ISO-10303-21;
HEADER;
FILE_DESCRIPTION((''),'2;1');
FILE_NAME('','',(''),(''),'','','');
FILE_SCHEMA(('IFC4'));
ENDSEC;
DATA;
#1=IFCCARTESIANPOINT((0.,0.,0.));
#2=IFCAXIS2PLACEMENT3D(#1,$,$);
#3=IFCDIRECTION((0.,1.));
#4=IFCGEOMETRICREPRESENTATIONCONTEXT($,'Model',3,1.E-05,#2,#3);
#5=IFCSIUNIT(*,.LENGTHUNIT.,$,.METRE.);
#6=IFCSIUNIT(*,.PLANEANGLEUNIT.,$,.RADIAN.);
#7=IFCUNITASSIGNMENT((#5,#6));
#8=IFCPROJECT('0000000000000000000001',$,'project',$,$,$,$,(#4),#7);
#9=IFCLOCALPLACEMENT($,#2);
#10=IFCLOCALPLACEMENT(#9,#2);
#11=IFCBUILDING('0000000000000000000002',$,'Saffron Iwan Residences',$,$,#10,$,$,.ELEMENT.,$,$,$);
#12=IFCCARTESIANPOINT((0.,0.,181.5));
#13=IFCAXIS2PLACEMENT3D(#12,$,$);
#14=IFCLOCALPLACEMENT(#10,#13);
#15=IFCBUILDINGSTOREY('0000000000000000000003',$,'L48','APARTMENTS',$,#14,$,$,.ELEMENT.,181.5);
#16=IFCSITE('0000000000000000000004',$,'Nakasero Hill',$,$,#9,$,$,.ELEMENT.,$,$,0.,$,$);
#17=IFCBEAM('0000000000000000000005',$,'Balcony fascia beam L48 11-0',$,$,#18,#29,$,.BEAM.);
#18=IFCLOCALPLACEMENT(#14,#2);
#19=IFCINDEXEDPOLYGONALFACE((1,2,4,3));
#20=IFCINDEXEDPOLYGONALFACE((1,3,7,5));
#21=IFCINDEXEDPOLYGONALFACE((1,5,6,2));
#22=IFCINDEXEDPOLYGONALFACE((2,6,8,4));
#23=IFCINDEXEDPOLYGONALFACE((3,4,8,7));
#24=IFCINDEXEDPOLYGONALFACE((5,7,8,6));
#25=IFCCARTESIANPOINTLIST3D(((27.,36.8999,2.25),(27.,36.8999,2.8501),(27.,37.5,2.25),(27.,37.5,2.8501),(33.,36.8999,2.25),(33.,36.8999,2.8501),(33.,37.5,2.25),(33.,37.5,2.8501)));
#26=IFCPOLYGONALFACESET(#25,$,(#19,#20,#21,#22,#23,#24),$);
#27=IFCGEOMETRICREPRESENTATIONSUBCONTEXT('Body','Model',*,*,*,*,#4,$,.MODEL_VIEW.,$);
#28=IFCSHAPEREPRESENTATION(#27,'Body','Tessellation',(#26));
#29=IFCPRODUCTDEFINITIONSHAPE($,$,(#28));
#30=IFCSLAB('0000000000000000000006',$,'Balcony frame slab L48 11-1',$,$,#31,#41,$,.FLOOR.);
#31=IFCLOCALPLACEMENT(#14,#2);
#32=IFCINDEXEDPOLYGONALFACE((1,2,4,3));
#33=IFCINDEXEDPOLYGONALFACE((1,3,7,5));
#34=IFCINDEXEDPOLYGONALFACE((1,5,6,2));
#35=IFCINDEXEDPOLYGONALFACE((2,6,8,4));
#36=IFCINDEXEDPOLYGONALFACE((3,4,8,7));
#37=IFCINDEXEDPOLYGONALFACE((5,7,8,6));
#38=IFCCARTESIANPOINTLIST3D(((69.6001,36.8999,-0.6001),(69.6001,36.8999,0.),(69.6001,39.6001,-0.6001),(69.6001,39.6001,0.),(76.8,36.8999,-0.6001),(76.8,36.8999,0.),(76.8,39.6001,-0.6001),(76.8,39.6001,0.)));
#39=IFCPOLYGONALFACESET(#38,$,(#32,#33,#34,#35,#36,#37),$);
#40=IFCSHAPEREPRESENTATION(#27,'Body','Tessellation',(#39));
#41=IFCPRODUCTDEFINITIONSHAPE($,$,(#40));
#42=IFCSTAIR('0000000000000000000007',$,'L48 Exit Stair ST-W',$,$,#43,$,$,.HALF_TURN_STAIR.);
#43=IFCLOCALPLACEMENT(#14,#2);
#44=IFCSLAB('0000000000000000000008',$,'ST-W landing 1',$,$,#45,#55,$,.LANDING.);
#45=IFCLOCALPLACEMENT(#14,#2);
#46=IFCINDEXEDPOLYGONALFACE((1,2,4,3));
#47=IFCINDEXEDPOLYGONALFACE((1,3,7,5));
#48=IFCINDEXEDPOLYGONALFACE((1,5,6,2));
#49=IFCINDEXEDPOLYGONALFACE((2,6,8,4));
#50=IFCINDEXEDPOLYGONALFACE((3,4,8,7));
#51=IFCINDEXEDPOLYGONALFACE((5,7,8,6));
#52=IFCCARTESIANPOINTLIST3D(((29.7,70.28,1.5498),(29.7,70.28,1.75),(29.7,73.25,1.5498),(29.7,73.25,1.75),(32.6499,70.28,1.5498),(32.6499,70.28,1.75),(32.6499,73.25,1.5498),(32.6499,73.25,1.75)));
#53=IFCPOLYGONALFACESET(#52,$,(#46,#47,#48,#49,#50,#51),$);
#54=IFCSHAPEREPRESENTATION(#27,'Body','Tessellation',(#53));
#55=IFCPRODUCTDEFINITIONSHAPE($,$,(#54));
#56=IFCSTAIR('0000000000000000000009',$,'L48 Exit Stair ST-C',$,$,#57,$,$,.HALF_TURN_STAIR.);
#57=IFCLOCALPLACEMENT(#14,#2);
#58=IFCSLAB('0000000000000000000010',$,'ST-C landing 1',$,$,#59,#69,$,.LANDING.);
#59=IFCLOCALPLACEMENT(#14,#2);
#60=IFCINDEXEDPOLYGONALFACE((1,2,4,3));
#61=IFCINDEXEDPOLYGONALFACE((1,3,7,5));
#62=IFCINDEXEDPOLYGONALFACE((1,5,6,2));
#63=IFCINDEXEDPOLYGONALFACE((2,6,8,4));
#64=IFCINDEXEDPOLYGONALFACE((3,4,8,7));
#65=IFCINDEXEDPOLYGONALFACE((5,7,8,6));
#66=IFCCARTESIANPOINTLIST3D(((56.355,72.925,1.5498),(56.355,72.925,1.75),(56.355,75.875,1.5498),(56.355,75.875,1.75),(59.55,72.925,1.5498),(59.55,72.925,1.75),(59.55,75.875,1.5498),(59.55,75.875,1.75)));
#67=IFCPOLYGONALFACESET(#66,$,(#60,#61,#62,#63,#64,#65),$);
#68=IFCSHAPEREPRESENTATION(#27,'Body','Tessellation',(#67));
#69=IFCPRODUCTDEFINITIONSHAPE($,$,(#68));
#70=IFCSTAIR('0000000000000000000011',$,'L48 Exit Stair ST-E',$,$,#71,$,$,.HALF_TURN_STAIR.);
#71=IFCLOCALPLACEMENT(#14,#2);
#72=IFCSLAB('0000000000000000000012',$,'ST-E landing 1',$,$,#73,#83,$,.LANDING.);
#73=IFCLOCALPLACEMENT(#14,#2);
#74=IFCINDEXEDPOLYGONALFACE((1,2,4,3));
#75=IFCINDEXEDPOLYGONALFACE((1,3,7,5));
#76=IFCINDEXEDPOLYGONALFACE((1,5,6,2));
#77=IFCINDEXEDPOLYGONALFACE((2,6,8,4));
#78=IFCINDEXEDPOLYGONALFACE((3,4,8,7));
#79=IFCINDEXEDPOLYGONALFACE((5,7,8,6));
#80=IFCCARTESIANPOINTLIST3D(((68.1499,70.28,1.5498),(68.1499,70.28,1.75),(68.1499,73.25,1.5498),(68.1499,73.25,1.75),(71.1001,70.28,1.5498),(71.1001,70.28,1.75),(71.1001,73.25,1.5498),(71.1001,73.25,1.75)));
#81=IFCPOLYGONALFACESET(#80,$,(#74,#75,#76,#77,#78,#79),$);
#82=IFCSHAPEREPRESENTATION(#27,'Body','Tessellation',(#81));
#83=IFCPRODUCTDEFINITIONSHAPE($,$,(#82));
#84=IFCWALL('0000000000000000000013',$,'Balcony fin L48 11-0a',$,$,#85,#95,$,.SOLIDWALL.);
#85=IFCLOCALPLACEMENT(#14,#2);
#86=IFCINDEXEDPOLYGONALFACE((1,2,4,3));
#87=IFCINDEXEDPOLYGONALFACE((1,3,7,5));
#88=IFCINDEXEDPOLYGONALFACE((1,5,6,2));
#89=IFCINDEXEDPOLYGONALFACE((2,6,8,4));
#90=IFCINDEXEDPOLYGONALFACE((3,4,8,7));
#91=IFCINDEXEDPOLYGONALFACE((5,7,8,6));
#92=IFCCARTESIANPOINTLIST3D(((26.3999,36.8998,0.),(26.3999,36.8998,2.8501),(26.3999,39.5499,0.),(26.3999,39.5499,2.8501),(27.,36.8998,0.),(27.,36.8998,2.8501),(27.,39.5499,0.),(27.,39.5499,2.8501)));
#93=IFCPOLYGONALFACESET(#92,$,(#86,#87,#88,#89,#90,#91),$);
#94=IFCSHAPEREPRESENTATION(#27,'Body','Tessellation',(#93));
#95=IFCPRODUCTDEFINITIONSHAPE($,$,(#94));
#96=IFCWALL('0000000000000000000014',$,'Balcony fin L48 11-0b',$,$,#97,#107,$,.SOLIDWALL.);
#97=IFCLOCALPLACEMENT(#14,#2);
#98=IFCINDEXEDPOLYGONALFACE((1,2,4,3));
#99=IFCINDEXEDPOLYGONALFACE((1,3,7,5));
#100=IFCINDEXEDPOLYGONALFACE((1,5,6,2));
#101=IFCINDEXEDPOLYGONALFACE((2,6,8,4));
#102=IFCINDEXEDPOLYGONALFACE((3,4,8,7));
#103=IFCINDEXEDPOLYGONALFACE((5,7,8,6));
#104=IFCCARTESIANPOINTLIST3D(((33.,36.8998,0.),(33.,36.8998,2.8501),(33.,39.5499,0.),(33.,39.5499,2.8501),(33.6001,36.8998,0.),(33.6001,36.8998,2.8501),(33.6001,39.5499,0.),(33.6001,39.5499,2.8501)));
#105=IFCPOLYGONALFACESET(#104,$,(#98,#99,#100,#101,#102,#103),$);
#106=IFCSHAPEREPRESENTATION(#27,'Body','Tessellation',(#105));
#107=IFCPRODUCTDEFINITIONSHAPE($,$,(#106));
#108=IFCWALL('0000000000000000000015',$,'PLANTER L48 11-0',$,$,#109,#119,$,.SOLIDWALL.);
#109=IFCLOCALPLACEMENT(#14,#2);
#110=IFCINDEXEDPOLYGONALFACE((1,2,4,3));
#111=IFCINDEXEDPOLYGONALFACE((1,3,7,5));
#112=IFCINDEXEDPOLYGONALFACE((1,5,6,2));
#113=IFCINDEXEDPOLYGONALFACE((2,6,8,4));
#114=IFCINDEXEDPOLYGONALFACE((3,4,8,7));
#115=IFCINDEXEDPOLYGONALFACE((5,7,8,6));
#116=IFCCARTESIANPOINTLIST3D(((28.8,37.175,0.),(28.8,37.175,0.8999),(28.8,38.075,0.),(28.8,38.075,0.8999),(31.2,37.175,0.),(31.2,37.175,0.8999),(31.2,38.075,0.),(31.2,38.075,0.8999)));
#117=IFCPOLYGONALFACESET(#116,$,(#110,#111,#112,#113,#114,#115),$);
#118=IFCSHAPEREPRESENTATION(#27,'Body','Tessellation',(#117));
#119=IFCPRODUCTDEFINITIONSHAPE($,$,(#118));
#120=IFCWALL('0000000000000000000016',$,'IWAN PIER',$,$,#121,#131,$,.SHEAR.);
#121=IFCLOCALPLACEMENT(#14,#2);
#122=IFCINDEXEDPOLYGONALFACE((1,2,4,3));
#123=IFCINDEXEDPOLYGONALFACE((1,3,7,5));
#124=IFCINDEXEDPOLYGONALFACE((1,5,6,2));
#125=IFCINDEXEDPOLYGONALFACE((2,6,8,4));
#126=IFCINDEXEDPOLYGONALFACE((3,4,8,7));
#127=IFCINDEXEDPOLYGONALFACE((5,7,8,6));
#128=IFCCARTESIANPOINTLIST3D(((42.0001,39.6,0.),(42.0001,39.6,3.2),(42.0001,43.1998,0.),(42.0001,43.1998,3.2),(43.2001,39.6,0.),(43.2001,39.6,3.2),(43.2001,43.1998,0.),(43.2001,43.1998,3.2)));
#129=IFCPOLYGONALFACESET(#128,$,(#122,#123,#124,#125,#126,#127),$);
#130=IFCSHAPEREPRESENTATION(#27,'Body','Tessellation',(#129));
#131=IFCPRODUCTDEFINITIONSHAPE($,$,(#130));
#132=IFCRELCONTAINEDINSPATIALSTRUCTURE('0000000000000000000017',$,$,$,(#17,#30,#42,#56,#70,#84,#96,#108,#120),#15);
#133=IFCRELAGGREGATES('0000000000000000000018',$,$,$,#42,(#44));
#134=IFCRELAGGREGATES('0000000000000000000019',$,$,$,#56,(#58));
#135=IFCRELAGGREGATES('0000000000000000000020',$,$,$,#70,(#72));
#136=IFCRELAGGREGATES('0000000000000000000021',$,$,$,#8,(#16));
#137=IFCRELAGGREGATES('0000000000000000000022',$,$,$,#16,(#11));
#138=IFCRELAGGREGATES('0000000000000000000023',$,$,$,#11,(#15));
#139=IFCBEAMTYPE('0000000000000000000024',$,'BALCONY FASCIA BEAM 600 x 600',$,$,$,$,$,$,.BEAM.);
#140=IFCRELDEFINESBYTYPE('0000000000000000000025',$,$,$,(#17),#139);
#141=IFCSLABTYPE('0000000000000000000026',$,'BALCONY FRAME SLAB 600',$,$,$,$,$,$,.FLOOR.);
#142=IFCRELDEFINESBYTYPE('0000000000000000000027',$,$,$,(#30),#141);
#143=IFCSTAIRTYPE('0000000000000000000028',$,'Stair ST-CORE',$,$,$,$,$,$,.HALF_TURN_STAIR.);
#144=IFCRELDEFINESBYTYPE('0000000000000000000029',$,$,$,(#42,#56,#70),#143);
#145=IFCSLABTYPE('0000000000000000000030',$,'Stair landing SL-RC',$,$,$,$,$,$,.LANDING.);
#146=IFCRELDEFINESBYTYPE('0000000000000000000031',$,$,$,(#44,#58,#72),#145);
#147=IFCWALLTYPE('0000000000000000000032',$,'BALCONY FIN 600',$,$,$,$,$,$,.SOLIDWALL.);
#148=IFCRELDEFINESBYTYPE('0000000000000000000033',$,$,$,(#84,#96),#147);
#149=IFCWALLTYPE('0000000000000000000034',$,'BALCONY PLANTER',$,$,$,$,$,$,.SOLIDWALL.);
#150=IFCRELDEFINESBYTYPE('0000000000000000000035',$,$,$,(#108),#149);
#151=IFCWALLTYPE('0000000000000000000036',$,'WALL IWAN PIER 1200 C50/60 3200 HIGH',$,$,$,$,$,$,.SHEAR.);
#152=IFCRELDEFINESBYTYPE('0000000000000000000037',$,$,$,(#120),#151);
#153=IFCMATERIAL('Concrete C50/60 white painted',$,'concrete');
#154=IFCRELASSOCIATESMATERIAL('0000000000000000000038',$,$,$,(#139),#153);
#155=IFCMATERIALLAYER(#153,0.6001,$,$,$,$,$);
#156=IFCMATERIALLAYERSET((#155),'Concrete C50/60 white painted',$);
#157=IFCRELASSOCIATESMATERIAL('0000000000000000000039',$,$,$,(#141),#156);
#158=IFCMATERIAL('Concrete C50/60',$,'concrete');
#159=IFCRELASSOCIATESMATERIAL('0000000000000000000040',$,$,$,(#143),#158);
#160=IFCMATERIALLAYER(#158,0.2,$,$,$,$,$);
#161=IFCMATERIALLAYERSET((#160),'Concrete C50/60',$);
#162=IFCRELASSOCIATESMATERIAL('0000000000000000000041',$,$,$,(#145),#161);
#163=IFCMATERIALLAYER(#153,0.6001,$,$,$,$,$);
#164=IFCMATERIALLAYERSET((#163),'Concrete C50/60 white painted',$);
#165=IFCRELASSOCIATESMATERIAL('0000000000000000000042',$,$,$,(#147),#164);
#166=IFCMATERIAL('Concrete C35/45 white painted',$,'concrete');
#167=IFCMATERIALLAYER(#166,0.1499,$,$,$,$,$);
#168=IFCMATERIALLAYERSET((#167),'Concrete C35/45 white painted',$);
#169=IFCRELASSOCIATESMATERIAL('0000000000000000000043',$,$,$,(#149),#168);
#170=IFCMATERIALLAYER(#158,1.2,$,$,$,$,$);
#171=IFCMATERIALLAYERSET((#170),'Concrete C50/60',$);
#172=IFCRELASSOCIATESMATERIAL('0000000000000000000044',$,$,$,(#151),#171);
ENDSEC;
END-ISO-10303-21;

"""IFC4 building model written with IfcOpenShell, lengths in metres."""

from ifc_helpers import new_model, si_unit, direction, frame, frame_2d, origin, origin_2d, place, context, subcontext, project, spatial, polyline, rectangle, outline, extrude, source, transform, mapped, material, layer, layer_set, material_profile, profile_set, type_object, element, aggregate, save


model = new_model("IFC4")

# Units and contexts
model_context = context("Model", 3, precision=1e-05, world=origin(), true_north=direction((0.0, 1.0)))
body_context = subcontext(model_context, "Body", "Model", "MODEL_VIEW")
ifc_project = project(units=[si_unit("LENGTHUNIT", "METRE"), si_unit("PLANEANGLEUNIT", "RADIAN")], contexts=[model_context])

# Site, building, storey
site_placement = place(None, origin())
site = spatial("IfcSite", under=ifc_project, at=site_placement, Name="Nakasero Hill", CompositionType="ELEMENT", RefElevation=0.0)
building_placement = place(site_placement, origin())
building = spatial("IfcBuilding", under=site, at=building_placement, Name="Saffron Iwan Residences", CompositionType="ELEMENT")
storey_placement = place(building_placement, frame((0.0, 0.0, 181.5)))
storey = spatial("IfcBuildingStorey", under=building, at=storey_placement, Name="L48", Description="APARTMENTS", CompositionType="ELEMENT", Elevation=181.5)

# Beam
ifc_material_1 = material(Name="Concrete C50/60 white painted", Category="concrete")
ifc_material_profile = material_profile(ifc_material_1, rectangle(XDim=0.6001, YDim=0.6001, at=origin_2d()), Name="BALCONY FASCIA BEAM 600 x 600")
ifc_profile_set = profile_set([ifc_material_profile], Name="Concrete C50/60 white painted")
beam_type = type_object("IfcBeamType", Name="BALCONY FASCIA BEAM 600 x 600", PredefinedType="BEAM", material=ifc_profile_set)
shared_shape = source(origin(), body_context, "Body", "SweptSolid", [
    extrude(rectangle(XDim=0.6001, YDim=0.6001, at=origin_2d()), origin(), (0.0, 0.0, 1.0), 6.0),
])
beam_placement = place(storey_placement, frame((27.0, 37.2, 2.55), z_axis=(1.0, 0.0, 0.0), x_axis=(0.0, 1.0, 0.0)))
element("IfcBeam", 1, at=beam_placement, inside=storey, type_object=beam_type, Name="Balcony fascia beam L48 11-0", PredefinedType="BEAM", context=body_context, shape_type="MappedRepresentation", body=[
    mapped(shared_shape, transform((0.0, 0.0, 0.0))),
])

# Slab
ifc_layer_1 = layer(ifc_material_1, 0.6001)
ifc_layer_set_1 = layer_set([ifc_layer_1], Name="Concrete C50/60 white painted")
slab_type_1 = type_object("IfcSlabType", Name="BALCONY FRAME SLAB 600", PredefinedType="FLOOR", material=ifc_layer_set_1)
slab_1_placement = place(storey_placement, frame((0.0, 0.0, -0.6001)))
element("IfcSlab", 2, at=slab_1_placement, inside=storey, type_object=slab_type_1, Name="Balcony frame slab L48 11-1", PredefinedType="FLOOR", context=body_context, shape_type="SweptSolid", body=[
    extrude(outline(polyline([(69.6001, 36.8999), (76.8, 36.8999), (76.8, 39.6001), (69.6001, 39.6001), (69.6001, 36.8999)])), origin(), (0.0, 0.0, 1.0), 0.6001),
])

# Stairs, slabs
ifc_material_2 = material(Name="Concrete C50/60", Category="concrete")
stair_type = type_object("IfcStairType", Name="Stair ST-CORE", PredefinedType="HALF_TURN_STAIR", material=ifc_material_2)
stair_1_placement = place(storey_placement, origin())
stair_1 = element("IfcStair", 3, at=stair_1_placement, inside=storey, type_object=stair_type, Name="L48 Exit Stair ST-W", PredefinedType="HALF_TURN_STAIR")
ifc_layer_2 = layer(ifc_material_2, 0.2)
ifc_layer_set_2 = layer_set([ifc_layer_2], Name="Concrete C50/60")
slab_type_2 = type_object("IfcSlabType", Name="Stair landing SL-RC", PredefinedType="LANDING", material=ifc_layer_set_2)
slab_2_placement = place(storey_placement, frame((0.0, 0.0, 1.5498)))
slab_2 = element("IfcSlab", 4, at=slab_2_placement, type_object=slab_type_2, Name="ST-W landing 1", PredefinedType="LANDING", context=body_context, shape_type="SweptSolid", body=[
    extrude(outline(polyline([(32.6499, 70.28), (32.6499, 73.25), (29.7, 73.25), (29.7, 70.28), (32.6499, 70.28)])), origin(), (0.0, 0.0, 1.0), 0.2002),
])
aggregate(stair_1, [slab_2])
stair_2_placement = place(storey_placement, origin())
stair_2 = element("IfcStair", 5, at=stair_2_placement, inside=storey, type_object=stair_type, Name="L48 Exit Stair ST-C", PredefinedType="HALF_TURN_STAIR")
slab_3_placement = place(storey_placement, frame((0.0, 0.0, 1.5498)))
slab_3 = element("IfcSlab", 6, at=slab_3_placement, type_object=slab_type_2, Name="ST-C landing 1", PredefinedType="LANDING", context=body_context, shape_type="SweptSolid", body=[
    extrude(outline(polyline([(56.355, 72.925), (59.55, 72.925), (59.55, 75.875), (56.355, 75.875), (56.355, 72.925)])), origin(), (0.0, 0.0, 1.0), 0.2002),
])
aggregate(stair_2, [slab_3])
stair_3_placement = place(storey_placement, origin())
stair_3 = element("IfcStair", 7, at=stair_3_placement, inside=storey, type_object=stair_type, Name="L48 Exit Stair ST-E", PredefinedType="HALF_TURN_STAIR")
slab_4_placement = place(storey_placement, frame((0.0, 0.0, 1.5498)))
slab_4 = element("IfcSlab", 8, at=slab_4_placement, type_object=slab_type_2, Name="ST-E landing 1", PredefinedType="LANDING", context=body_context, shape_type="SweptSolid", body=[
    extrude(outline(polyline([(71.1001, 70.28), (71.1001, 73.25), (68.1499, 73.25), (68.1499, 70.28), (71.1001, 70.28)])), origin(), (0.0, 0.0, 1.0), 0.2002),
])
aggregate(stair_3, [slab_4])

# Walls
ifc_layer_3 = layer(ifc_material_1, 0.6001)
ifc_layer_set_3 = layer_set([ifc_layer_3], Name="Concrete C50/60 white painted")
wall_type_1 = type_object("IfcWallType", Name="BALCONY FIN 600", PredefinedType="SOLIDWALL", material=ifc_layer_set_3)
for number, where, z_axis, x_axis, name in (
    (9, (26.7, 39.55, 0.0), (0.0, 0.0, 1.0), (0.0, -1.0, 0.0), "Balcony fin L48 11-0a"),
    (10, (33.3, 39.55, 0.0), (0.0, 0.0, 1.0), (0.0, -1.0, 0.0), "Balcony fin L48 11-0b"),
):
    element("IfcWall", number, at=place(storey_placement, frame(where, z_axis=z_axis, x_axis=x_axis)), inside=storey, type_object=wall_type_1, Name=name, PredefinedType="SOLIDWALL", context=body_context, shape_type="SweptSolid", body=[
        extrude(rectangle(XDim=2.6501, YDim=0.6001, at=frame_2d((1.3252, 0.0))), origin(), (0.0, 0.0, 1.0), 2.8501),
    ])
ifc_material_3 = material(Name="Concrete C35/45 white painted", Category="concrete")
ifc_layer_4 = layer(ifc_material_3, 0.1499)
ifc_layer_set_4 = layer_set([ifc_layer_4], Name="Concrete C35/45 white painted")
wall_type_2 = type_object("IfcWallType", Name="BALCONY PLANTER", PredefinedType="SOLIDWALL", material=ifc_layer_set_4)
wall_1_placement = place(storey_placement, frame((28.8, 37.625, 0.0), z_axis=(0.0, 0.0, 1.0), x_axis=(1.0, 0.0, 0.0)))
element("IfcWall", 11, at=wall_1_placement, inside=storey, type_object=wall_type_2, Name="PLANTER L48 11-0", PredefinedType="SOLIDWALL", context=body_context, shape_type="SweptSolid", body=[
    extrude(rectangle(XDim=2.3999, YDim=0.8999, at=frame_2d((1.2, 0.0))), origin(), (0.0, 0.0, 1.0), 0.8999),
])
ifc_layer_5 = layer(ifc_material_2, 1.2)
ifc_layer_set_5 = layer_set([ifc_layer_5], Name="Concrete C50/60")
wall_type_3 = type_object("IfcWallType", Name="WALL IWAN PIER 1200 C50/60 3200 HIGH", PredefinedType="SHEAR", material=ifc_layer_set_5)
wall_2_placement = place(storey_placement, frame((42.6001, 39.6001, 0.0), z_axis=(0.0, 0.0, 1.0), x_axis=(0.0, 1.0, 0.0)))
element("IfcWall", 12, at=wall_2_placement, inside=storey, type_object=wall_type_3, Name="IWAN PIER", PredefinedType="SHEAR", context=body_context, shape_type="SweptSolid", body=[
    extrude(rectangle(XDim=3.5999, YDim=1.2, at=frame_2d((1.7998, 0.0))), origin(), (0.0, 0.0, 1.0), 3.2),
])

save(model, "model.ifc")
